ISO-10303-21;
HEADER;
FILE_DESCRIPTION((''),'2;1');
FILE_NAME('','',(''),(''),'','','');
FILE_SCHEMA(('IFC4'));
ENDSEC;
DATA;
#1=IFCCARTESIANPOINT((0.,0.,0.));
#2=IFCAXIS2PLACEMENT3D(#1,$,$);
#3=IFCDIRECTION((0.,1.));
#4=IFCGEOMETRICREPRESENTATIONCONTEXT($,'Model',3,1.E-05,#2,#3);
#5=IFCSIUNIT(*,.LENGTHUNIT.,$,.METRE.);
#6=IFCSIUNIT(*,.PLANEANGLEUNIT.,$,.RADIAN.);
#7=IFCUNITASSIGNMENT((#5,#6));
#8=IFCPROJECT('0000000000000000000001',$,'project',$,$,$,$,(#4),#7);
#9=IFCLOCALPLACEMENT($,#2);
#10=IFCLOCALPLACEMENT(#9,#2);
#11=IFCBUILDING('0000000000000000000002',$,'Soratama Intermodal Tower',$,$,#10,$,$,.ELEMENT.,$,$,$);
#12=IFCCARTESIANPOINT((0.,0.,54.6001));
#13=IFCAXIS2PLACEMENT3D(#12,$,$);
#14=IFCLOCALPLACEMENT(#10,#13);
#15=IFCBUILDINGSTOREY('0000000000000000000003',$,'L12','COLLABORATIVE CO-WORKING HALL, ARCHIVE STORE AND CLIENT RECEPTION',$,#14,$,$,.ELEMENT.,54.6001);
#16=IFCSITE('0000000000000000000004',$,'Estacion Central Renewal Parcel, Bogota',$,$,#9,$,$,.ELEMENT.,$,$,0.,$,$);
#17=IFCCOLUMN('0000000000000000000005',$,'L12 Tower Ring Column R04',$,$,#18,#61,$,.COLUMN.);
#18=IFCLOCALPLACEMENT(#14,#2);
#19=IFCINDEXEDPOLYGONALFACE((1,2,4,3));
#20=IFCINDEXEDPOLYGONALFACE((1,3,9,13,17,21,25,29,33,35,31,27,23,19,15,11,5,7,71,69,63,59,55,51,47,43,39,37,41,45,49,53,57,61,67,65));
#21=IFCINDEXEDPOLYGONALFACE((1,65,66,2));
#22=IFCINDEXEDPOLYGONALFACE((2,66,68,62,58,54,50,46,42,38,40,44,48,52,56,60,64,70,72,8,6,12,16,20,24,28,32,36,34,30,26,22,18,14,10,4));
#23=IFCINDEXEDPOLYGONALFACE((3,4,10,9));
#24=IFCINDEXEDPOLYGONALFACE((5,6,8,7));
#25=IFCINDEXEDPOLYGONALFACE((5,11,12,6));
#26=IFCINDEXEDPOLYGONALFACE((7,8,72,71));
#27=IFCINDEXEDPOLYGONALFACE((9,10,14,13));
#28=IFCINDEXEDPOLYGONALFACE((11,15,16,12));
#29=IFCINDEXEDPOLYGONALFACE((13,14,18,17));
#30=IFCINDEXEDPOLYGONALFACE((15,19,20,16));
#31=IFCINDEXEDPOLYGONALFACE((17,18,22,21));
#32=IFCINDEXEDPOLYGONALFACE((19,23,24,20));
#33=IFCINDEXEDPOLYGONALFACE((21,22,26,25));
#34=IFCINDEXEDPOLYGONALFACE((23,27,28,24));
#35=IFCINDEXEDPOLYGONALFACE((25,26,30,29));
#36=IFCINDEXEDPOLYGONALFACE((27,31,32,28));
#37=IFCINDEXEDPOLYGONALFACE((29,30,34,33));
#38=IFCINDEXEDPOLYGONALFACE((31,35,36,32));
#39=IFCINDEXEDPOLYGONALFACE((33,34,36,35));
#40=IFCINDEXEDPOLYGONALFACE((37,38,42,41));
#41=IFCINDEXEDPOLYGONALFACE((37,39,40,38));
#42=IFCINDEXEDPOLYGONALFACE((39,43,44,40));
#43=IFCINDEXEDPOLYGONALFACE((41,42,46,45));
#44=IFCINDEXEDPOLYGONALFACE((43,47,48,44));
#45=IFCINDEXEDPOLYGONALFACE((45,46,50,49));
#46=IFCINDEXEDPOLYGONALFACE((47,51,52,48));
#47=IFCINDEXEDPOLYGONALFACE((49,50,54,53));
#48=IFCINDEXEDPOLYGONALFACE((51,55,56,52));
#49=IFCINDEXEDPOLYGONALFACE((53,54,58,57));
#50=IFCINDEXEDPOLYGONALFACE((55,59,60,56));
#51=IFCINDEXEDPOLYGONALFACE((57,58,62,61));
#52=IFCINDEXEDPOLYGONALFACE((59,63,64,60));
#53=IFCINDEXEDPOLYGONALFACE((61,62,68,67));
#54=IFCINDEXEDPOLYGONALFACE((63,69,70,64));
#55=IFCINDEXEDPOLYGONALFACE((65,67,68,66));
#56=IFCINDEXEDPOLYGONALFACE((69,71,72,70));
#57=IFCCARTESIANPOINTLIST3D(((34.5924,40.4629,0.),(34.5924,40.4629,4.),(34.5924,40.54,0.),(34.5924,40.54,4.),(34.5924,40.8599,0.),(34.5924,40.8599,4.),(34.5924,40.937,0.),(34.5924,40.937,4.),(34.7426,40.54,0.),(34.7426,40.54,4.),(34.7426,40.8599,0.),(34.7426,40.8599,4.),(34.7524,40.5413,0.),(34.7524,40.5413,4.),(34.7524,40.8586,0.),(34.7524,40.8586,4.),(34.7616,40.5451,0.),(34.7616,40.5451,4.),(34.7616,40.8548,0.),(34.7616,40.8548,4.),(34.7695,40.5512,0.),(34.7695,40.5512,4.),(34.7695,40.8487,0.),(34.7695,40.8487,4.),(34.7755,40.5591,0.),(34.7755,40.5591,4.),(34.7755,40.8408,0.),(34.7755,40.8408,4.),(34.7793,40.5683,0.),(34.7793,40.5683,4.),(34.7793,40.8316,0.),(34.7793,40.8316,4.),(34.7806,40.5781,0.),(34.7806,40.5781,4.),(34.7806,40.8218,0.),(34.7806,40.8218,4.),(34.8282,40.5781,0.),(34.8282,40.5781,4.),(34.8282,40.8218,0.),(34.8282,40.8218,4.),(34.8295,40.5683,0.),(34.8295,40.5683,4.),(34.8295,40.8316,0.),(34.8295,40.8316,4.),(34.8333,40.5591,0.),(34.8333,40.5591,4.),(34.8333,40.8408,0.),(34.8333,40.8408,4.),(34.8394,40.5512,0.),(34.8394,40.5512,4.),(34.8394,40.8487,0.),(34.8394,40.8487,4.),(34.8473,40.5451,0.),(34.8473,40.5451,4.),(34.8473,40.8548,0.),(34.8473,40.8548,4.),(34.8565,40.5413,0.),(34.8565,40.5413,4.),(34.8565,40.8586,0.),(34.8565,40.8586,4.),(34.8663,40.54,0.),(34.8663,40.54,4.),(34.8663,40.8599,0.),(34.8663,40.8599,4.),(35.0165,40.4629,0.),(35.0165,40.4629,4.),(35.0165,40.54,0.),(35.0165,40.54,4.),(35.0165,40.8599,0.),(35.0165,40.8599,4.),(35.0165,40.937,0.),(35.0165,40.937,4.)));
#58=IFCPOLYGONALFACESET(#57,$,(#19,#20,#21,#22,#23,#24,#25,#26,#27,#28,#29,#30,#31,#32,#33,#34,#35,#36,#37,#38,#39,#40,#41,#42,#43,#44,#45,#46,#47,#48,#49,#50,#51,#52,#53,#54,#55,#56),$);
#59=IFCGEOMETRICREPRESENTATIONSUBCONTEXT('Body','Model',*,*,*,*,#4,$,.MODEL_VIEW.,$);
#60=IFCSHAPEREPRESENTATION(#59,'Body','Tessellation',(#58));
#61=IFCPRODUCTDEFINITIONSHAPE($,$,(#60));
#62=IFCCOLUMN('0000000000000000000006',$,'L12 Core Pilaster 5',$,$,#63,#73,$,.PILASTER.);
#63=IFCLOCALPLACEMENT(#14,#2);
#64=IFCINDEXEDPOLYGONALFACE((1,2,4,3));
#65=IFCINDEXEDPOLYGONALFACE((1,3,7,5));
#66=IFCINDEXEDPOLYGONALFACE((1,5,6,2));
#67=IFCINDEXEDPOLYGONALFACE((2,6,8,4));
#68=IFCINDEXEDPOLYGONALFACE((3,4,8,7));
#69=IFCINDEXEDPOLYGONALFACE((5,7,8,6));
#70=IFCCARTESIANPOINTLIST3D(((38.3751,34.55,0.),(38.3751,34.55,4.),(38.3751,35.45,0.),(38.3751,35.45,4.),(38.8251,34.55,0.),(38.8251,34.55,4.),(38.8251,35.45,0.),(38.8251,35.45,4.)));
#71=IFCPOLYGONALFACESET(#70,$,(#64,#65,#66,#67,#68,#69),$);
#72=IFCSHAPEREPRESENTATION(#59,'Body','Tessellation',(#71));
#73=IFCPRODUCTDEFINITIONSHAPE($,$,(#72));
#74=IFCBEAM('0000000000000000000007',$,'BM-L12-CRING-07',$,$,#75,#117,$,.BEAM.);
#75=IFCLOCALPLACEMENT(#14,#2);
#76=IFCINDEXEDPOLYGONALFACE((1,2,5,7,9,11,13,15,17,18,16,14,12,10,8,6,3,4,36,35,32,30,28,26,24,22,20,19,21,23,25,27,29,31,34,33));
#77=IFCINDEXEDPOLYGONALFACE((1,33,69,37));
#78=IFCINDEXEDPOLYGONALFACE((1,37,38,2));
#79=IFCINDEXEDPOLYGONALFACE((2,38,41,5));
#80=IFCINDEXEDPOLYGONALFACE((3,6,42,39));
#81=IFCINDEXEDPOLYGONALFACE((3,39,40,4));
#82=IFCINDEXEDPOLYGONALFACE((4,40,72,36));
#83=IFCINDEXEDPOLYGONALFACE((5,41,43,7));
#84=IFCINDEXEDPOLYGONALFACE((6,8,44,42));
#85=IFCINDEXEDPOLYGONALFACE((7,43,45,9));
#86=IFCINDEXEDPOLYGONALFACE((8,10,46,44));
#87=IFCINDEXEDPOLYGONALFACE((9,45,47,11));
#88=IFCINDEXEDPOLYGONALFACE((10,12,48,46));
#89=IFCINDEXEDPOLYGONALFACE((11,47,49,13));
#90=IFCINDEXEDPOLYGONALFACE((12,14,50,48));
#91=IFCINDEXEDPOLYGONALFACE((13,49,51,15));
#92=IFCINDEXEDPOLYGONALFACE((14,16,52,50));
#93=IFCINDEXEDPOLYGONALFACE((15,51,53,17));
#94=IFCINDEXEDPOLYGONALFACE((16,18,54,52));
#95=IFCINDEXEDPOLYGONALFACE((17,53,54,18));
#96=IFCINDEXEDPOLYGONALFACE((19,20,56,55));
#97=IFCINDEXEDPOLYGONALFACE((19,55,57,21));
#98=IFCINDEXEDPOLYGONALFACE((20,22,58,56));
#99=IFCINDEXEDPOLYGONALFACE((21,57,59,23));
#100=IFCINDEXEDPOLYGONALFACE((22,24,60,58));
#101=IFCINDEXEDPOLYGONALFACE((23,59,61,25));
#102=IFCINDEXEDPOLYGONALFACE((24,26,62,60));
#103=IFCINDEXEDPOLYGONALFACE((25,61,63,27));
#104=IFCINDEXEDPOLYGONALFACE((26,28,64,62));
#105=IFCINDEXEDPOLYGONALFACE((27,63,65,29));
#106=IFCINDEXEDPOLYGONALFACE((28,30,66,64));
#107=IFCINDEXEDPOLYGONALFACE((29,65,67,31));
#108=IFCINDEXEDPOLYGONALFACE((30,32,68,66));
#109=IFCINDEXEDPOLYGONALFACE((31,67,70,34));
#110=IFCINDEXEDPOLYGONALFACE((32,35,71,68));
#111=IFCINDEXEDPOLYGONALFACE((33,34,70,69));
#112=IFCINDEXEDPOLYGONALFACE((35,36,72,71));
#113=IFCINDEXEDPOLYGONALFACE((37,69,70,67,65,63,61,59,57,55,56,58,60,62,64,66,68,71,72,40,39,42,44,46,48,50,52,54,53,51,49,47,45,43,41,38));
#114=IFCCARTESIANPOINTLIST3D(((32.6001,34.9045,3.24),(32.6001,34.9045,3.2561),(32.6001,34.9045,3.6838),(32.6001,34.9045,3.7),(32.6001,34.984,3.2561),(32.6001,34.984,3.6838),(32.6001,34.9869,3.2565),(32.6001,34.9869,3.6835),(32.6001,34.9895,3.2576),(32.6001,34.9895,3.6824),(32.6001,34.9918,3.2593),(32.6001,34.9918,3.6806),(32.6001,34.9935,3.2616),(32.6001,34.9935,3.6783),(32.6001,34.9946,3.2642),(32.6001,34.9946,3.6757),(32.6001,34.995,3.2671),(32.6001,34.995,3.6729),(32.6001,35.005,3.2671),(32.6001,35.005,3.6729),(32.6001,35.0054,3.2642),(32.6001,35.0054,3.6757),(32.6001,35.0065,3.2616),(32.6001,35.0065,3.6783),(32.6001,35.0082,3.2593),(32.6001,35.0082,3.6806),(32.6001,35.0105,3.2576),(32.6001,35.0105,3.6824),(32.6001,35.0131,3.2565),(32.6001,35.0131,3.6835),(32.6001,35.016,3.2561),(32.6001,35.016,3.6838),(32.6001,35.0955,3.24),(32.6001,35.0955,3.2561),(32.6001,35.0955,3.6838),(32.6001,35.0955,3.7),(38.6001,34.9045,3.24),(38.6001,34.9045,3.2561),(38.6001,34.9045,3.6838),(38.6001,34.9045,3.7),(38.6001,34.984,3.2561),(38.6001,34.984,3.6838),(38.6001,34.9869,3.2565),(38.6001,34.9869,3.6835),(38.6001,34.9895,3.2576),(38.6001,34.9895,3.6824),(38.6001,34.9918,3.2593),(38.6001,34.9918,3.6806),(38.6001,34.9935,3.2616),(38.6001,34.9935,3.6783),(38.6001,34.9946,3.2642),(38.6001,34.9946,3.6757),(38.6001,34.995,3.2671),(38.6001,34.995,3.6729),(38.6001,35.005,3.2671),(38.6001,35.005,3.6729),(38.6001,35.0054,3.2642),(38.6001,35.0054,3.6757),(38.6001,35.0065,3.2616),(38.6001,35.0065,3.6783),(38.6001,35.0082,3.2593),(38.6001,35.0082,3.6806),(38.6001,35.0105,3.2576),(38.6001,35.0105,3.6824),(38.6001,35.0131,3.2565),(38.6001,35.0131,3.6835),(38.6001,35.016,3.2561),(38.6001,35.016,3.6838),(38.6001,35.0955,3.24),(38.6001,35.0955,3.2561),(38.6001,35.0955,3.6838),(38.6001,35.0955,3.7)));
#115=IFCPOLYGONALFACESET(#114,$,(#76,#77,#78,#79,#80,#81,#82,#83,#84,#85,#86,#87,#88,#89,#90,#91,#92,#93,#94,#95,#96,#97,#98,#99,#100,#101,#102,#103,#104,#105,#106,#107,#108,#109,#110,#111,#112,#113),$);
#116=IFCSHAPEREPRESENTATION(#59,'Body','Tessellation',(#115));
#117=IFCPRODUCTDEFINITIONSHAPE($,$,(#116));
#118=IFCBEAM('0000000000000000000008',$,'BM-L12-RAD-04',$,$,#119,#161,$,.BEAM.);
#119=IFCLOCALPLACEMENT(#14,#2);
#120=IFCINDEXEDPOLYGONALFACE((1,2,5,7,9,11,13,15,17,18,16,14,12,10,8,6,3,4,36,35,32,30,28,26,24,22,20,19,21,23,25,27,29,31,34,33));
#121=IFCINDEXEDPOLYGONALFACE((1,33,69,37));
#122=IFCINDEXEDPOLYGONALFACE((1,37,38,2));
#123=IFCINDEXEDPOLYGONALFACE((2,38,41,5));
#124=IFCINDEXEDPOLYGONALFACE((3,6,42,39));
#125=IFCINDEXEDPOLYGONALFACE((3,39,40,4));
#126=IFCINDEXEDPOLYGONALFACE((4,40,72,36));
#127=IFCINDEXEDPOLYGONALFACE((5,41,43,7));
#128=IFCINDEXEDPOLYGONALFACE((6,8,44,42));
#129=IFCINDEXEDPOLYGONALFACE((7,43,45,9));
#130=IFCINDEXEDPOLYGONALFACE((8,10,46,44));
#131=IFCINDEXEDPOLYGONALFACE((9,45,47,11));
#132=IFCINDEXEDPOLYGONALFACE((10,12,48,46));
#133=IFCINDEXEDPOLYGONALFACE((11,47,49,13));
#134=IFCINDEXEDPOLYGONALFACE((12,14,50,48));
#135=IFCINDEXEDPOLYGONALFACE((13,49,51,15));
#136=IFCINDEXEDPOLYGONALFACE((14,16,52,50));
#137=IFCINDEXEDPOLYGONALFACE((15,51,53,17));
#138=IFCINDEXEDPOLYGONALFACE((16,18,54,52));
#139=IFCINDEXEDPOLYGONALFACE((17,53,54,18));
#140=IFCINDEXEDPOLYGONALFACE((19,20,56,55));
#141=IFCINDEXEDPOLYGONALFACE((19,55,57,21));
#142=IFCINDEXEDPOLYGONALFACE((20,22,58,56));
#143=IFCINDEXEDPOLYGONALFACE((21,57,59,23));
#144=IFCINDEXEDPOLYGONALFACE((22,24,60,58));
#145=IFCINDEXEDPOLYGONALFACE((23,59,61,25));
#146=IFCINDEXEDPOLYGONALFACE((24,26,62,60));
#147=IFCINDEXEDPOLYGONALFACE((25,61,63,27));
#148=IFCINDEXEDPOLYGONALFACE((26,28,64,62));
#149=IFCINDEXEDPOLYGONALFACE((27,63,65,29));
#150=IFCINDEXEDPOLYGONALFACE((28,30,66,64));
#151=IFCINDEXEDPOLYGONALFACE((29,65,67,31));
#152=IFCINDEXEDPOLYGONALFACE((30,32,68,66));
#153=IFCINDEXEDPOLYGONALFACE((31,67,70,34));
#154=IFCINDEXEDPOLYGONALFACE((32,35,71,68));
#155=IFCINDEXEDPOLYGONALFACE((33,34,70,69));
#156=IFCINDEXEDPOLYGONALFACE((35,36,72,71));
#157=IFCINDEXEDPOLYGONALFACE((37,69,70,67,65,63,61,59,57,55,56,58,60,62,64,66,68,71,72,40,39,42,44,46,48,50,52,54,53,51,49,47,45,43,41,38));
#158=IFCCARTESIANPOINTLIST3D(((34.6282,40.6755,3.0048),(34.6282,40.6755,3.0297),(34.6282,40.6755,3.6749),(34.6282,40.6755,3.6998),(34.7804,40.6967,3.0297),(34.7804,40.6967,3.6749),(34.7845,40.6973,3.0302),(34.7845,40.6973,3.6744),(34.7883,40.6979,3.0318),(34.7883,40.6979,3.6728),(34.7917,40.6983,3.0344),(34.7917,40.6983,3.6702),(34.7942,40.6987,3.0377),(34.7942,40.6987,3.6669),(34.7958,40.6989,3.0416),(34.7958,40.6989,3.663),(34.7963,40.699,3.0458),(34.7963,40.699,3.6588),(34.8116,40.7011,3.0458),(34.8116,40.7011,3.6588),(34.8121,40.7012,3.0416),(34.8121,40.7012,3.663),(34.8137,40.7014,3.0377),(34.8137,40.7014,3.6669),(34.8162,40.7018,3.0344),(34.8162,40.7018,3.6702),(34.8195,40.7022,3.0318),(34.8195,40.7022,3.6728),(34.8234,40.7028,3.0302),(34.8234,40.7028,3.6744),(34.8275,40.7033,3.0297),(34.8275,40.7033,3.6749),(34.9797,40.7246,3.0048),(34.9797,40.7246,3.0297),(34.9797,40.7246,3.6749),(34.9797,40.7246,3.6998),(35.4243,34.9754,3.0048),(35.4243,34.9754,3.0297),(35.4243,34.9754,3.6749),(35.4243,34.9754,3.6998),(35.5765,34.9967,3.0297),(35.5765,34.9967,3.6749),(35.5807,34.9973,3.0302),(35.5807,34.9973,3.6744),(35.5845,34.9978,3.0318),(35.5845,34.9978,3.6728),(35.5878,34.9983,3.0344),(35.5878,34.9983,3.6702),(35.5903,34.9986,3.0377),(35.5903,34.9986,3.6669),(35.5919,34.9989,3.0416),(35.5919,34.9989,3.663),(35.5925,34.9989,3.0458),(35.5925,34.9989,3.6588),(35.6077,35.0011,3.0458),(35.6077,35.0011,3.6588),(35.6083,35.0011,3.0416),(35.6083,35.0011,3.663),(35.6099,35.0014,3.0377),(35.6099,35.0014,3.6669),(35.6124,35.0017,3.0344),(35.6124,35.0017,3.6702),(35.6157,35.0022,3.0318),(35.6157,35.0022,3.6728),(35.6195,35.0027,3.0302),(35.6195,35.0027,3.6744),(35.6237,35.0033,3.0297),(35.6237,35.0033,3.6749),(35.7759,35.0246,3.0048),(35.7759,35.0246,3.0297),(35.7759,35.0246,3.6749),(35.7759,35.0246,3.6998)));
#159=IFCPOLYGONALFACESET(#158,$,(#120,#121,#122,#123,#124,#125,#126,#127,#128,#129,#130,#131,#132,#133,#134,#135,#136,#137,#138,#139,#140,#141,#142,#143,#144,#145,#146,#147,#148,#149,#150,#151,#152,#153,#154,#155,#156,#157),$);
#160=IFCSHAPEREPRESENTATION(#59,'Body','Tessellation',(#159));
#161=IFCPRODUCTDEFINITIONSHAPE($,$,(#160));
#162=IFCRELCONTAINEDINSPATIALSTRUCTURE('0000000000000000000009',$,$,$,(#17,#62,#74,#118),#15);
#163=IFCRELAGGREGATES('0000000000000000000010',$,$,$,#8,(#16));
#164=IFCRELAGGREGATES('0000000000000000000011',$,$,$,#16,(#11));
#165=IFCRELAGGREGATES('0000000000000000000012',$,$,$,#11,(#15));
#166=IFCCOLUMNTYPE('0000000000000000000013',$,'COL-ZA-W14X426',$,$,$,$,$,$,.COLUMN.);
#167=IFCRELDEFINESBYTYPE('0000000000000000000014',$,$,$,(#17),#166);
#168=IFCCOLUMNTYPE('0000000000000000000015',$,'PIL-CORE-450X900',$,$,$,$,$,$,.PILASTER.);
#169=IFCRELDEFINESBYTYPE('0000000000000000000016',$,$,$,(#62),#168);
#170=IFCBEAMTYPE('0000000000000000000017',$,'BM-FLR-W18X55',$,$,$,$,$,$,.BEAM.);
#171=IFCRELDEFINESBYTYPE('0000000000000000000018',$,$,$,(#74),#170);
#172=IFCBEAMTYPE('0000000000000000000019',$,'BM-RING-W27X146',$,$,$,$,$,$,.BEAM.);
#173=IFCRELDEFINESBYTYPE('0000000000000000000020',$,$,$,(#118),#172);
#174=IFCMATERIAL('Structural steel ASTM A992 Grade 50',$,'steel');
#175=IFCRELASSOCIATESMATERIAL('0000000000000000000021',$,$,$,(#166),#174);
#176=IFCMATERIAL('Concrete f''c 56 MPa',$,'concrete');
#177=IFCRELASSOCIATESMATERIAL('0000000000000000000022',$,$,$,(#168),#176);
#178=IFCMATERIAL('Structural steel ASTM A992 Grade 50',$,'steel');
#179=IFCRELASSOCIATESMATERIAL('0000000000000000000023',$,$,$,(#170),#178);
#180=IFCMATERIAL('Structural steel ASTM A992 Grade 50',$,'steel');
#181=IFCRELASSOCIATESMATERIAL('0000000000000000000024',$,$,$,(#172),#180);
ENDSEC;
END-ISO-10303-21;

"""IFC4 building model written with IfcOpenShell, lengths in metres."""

from ifc_helpers import new_model, si_unit, direction, frame, origin, origin_2d, place, context, subcontext, project, spatial, rectangle, i_section, extrude, material, material_profile, profile_set, type_object, element, save


model = new_model("IFC4")

# Units and contexts
model_context = context("Model", 3, precision=1e-05, world=origin(), true_north=direction((0.0, 1.0)))
body_context = subcontext(model_context, "Body", "Model", "MODEL_VIEW")
ifc_project = project(units=[si_unit("LENGTHUNIT", "METRE"), si_unit("PLANEANGLEUNIT", "RADIAN")], contexts=[model_context])

# Site, building, storey
site_placement = place(None, origin())
site = spatial("IfcSite", under=ifc_project, at=site_placement, Name="Estacion Central Renewal Parcel, Bogota", CompositionType="ELEMENT", RefElevation=0.0)
building_placement = place(site_placement, origin())
building = spatial("IfcBuilding", under=site, at=building_placement, Name="Soratama Intermodal Tower", CompositionType="ELEMENT")
storey_placement = place(building_placement, frame((0.0, 0.0, 54.6001)))
storey = spatial("IfcBuildingStorey", under=building, at=storey_placement, Name="L12", Description="COLLABORATIVE CO-WORKING HALL, ARCHIVE STORE AND CLIENT RECEPTION", CompositionType="ELEMENT", Elevation=54.6001)

# Columns
ifc_material_1 = material(Name="Structural steel ASTM A992 Grade 50", Category="steel")
ifc_material_profile_1 = material_profile(ifc_material_1, i_section(OverallWidth=0.4241, OverallDepth=0.4741, WebThickness=0.0476, FlangeThickness=0.0771, FilletRadius=0.0381, at=origin_2d()), Name="W14X426")
ifc_profile_set_1 = profile_set([ifc_material_profile_1], Name="Structural steel ASTM A992 Grade 50")
column_type_1 = type_object("IfcColumnType", Name="COL-ZA-W14X426", PredefinedType="COLUMN", material=ifc_profile_set_1)
column_1_placement = place(storey_placement, frame((34.8044, 40.7, 0.0), z_axis=(0.0, 0.0, 1.0), x_axis=(1.0, 0.0, 0.0)))
element("IfcColumn", 1, at=column_1_placement, inside=storey, type_object=column_type_1, Name="L12 Tower Ring Column R04", PredefinedType="COLUMN", context=body_context, shape_type="SweptSolid", body=[
    extrude(i_section(OverallWidth=0.4241, OverallDepth=0.4741, WebThickness=0.0476, FlangeThickness=0.0771, FilletRadius=0.0381, at=origin_2d()), origin(), (0.0, 0.0, 1.0), 4.0),
])
ifc_material_2 = material(Name="Concrete f'c 56 MPa", Category="concrete")
ifc_material_profile_2 = material_profile(ifc_material_2, rectangle(XDim=0.45, YDim=0.8999, at=origin_2d()), Name="RC450X900")
ifc_profile_set_2 = profile_set([ifc_material_profile_2], Name="Concrete f'c 56 MPa")
column_type_2 = type_object("IfcColumnType", Name="PIL-CORE-450X900", PredefinedType="PILASTER", material=ifc_profile_set_2)
column_2_placement = place(storey_placement, frame((38.6001, 35.0, 0.0), z_axis=(0.0, 0.0, 1.0), x_axis=(1.0, 0.0, 0.0)))
element("IfcColumn", 2, at=column_2_placement, inside=storey, type_object=column_type_2, Name="L12 Core Pilaster 5", PredefinedType="PILASTER", context=body_context, shape_type="SweptSolid", body=[
    extrude(rectangle(XDim=0.45, YDim=0.8999, at=origin_2d()), origin(), (0.0, 0.0, 1.0), 4.0),
])

# Beams
ifc_material_3 = material(Name="Structural steel ASTM A992 Grade 50", Category="steel")
ifc_material_profile_3 = material_profile(ifc_material_3, i_section(OverallWidth=0.1909, OverallDepth=0.46, WebThickness=0.01, FlangeThickness=0.0161, FilletRadius=0.011, at=origin_2d()), Name="W18X55")
ifc_profile_set_3 = profile_set([ifc_material_profile_3], Name="Structural steel ASTM A992 Grade 50")
beam_type_1 = type_object("IfcBeamType", Name="BM-FLR-W18X55", PredefinedType="BEAM", material=ifc_profile_set_3)
beam_1_placement = place(storey_placement, frame((38.6001, 35.0, 3.47), z_axis=(-1.0, 0.0, 0.0), x_axis=(0.0, -1.0, 0.0)))
element("IfcBeam", 3, at=beam_1_placement, inside=storey, type_object=beam_type_1, Name="BM-L12-CRING-07", PredefinedType="BEAM", context=body_context, shape_type="SweptSolid", body=[
    extrude(i_section(OverallWidth=0.1909, OverallDepth=0.46, WebThickness=0.01, FlangeThickness=0.0161, FilletRadius=0.011, at=origin_2d()), origin(), (0.0, 0.0, 1.0), 6.0),
])
ifc_material_4 = material(Name="Structural steel ASTM A992 Grade 50", Category="steel")
ifc_material_profile_4 = material_profile(ifc_material_4, i_section(OverallWidth=0.355, OverallDepth=0.6951, WebThickness=0.0154, FlangeThickness=0.0249, FilletRadius=0.0161, at=origin_2d()), Name="W27X146")
ifc_profile_set_4 = profile_set([ifc_material_profile_4], Name="Structural steel ASTM A992 Grade 50")
beam_type_2 = type_object("IfcBeamType", Name="BM-RING-W27X146", PredefinedType="BEAM", material=ifc_profile_set_4)
beam_2_placement = place(storey_placement, frame((35.6001, 35.0, 3.3523), z_axis=(-0.138332, 0.990386, 0.0), x_axis=(-0.990386, -0.138332, 0.0)))
element("IfcBeam", 4, at=beam_2_placement, inside=storey, type_object=beam_type_2, Name="BM-L12-RAD-04", PredefinedType="BEAM", context=body_context, shape_type="SweptSolid", body=[
    extrude(i_section(OverallWidth=0.355, OverallDepth=0.6951, WebThickness=0.0154, FlangeThickness=0.0249, FilletRadius=0.0161, at=origin_2d()), origin(), (0.0, 0.0, 1.0), 5.7554),
])

save(model, "model.ifc")
